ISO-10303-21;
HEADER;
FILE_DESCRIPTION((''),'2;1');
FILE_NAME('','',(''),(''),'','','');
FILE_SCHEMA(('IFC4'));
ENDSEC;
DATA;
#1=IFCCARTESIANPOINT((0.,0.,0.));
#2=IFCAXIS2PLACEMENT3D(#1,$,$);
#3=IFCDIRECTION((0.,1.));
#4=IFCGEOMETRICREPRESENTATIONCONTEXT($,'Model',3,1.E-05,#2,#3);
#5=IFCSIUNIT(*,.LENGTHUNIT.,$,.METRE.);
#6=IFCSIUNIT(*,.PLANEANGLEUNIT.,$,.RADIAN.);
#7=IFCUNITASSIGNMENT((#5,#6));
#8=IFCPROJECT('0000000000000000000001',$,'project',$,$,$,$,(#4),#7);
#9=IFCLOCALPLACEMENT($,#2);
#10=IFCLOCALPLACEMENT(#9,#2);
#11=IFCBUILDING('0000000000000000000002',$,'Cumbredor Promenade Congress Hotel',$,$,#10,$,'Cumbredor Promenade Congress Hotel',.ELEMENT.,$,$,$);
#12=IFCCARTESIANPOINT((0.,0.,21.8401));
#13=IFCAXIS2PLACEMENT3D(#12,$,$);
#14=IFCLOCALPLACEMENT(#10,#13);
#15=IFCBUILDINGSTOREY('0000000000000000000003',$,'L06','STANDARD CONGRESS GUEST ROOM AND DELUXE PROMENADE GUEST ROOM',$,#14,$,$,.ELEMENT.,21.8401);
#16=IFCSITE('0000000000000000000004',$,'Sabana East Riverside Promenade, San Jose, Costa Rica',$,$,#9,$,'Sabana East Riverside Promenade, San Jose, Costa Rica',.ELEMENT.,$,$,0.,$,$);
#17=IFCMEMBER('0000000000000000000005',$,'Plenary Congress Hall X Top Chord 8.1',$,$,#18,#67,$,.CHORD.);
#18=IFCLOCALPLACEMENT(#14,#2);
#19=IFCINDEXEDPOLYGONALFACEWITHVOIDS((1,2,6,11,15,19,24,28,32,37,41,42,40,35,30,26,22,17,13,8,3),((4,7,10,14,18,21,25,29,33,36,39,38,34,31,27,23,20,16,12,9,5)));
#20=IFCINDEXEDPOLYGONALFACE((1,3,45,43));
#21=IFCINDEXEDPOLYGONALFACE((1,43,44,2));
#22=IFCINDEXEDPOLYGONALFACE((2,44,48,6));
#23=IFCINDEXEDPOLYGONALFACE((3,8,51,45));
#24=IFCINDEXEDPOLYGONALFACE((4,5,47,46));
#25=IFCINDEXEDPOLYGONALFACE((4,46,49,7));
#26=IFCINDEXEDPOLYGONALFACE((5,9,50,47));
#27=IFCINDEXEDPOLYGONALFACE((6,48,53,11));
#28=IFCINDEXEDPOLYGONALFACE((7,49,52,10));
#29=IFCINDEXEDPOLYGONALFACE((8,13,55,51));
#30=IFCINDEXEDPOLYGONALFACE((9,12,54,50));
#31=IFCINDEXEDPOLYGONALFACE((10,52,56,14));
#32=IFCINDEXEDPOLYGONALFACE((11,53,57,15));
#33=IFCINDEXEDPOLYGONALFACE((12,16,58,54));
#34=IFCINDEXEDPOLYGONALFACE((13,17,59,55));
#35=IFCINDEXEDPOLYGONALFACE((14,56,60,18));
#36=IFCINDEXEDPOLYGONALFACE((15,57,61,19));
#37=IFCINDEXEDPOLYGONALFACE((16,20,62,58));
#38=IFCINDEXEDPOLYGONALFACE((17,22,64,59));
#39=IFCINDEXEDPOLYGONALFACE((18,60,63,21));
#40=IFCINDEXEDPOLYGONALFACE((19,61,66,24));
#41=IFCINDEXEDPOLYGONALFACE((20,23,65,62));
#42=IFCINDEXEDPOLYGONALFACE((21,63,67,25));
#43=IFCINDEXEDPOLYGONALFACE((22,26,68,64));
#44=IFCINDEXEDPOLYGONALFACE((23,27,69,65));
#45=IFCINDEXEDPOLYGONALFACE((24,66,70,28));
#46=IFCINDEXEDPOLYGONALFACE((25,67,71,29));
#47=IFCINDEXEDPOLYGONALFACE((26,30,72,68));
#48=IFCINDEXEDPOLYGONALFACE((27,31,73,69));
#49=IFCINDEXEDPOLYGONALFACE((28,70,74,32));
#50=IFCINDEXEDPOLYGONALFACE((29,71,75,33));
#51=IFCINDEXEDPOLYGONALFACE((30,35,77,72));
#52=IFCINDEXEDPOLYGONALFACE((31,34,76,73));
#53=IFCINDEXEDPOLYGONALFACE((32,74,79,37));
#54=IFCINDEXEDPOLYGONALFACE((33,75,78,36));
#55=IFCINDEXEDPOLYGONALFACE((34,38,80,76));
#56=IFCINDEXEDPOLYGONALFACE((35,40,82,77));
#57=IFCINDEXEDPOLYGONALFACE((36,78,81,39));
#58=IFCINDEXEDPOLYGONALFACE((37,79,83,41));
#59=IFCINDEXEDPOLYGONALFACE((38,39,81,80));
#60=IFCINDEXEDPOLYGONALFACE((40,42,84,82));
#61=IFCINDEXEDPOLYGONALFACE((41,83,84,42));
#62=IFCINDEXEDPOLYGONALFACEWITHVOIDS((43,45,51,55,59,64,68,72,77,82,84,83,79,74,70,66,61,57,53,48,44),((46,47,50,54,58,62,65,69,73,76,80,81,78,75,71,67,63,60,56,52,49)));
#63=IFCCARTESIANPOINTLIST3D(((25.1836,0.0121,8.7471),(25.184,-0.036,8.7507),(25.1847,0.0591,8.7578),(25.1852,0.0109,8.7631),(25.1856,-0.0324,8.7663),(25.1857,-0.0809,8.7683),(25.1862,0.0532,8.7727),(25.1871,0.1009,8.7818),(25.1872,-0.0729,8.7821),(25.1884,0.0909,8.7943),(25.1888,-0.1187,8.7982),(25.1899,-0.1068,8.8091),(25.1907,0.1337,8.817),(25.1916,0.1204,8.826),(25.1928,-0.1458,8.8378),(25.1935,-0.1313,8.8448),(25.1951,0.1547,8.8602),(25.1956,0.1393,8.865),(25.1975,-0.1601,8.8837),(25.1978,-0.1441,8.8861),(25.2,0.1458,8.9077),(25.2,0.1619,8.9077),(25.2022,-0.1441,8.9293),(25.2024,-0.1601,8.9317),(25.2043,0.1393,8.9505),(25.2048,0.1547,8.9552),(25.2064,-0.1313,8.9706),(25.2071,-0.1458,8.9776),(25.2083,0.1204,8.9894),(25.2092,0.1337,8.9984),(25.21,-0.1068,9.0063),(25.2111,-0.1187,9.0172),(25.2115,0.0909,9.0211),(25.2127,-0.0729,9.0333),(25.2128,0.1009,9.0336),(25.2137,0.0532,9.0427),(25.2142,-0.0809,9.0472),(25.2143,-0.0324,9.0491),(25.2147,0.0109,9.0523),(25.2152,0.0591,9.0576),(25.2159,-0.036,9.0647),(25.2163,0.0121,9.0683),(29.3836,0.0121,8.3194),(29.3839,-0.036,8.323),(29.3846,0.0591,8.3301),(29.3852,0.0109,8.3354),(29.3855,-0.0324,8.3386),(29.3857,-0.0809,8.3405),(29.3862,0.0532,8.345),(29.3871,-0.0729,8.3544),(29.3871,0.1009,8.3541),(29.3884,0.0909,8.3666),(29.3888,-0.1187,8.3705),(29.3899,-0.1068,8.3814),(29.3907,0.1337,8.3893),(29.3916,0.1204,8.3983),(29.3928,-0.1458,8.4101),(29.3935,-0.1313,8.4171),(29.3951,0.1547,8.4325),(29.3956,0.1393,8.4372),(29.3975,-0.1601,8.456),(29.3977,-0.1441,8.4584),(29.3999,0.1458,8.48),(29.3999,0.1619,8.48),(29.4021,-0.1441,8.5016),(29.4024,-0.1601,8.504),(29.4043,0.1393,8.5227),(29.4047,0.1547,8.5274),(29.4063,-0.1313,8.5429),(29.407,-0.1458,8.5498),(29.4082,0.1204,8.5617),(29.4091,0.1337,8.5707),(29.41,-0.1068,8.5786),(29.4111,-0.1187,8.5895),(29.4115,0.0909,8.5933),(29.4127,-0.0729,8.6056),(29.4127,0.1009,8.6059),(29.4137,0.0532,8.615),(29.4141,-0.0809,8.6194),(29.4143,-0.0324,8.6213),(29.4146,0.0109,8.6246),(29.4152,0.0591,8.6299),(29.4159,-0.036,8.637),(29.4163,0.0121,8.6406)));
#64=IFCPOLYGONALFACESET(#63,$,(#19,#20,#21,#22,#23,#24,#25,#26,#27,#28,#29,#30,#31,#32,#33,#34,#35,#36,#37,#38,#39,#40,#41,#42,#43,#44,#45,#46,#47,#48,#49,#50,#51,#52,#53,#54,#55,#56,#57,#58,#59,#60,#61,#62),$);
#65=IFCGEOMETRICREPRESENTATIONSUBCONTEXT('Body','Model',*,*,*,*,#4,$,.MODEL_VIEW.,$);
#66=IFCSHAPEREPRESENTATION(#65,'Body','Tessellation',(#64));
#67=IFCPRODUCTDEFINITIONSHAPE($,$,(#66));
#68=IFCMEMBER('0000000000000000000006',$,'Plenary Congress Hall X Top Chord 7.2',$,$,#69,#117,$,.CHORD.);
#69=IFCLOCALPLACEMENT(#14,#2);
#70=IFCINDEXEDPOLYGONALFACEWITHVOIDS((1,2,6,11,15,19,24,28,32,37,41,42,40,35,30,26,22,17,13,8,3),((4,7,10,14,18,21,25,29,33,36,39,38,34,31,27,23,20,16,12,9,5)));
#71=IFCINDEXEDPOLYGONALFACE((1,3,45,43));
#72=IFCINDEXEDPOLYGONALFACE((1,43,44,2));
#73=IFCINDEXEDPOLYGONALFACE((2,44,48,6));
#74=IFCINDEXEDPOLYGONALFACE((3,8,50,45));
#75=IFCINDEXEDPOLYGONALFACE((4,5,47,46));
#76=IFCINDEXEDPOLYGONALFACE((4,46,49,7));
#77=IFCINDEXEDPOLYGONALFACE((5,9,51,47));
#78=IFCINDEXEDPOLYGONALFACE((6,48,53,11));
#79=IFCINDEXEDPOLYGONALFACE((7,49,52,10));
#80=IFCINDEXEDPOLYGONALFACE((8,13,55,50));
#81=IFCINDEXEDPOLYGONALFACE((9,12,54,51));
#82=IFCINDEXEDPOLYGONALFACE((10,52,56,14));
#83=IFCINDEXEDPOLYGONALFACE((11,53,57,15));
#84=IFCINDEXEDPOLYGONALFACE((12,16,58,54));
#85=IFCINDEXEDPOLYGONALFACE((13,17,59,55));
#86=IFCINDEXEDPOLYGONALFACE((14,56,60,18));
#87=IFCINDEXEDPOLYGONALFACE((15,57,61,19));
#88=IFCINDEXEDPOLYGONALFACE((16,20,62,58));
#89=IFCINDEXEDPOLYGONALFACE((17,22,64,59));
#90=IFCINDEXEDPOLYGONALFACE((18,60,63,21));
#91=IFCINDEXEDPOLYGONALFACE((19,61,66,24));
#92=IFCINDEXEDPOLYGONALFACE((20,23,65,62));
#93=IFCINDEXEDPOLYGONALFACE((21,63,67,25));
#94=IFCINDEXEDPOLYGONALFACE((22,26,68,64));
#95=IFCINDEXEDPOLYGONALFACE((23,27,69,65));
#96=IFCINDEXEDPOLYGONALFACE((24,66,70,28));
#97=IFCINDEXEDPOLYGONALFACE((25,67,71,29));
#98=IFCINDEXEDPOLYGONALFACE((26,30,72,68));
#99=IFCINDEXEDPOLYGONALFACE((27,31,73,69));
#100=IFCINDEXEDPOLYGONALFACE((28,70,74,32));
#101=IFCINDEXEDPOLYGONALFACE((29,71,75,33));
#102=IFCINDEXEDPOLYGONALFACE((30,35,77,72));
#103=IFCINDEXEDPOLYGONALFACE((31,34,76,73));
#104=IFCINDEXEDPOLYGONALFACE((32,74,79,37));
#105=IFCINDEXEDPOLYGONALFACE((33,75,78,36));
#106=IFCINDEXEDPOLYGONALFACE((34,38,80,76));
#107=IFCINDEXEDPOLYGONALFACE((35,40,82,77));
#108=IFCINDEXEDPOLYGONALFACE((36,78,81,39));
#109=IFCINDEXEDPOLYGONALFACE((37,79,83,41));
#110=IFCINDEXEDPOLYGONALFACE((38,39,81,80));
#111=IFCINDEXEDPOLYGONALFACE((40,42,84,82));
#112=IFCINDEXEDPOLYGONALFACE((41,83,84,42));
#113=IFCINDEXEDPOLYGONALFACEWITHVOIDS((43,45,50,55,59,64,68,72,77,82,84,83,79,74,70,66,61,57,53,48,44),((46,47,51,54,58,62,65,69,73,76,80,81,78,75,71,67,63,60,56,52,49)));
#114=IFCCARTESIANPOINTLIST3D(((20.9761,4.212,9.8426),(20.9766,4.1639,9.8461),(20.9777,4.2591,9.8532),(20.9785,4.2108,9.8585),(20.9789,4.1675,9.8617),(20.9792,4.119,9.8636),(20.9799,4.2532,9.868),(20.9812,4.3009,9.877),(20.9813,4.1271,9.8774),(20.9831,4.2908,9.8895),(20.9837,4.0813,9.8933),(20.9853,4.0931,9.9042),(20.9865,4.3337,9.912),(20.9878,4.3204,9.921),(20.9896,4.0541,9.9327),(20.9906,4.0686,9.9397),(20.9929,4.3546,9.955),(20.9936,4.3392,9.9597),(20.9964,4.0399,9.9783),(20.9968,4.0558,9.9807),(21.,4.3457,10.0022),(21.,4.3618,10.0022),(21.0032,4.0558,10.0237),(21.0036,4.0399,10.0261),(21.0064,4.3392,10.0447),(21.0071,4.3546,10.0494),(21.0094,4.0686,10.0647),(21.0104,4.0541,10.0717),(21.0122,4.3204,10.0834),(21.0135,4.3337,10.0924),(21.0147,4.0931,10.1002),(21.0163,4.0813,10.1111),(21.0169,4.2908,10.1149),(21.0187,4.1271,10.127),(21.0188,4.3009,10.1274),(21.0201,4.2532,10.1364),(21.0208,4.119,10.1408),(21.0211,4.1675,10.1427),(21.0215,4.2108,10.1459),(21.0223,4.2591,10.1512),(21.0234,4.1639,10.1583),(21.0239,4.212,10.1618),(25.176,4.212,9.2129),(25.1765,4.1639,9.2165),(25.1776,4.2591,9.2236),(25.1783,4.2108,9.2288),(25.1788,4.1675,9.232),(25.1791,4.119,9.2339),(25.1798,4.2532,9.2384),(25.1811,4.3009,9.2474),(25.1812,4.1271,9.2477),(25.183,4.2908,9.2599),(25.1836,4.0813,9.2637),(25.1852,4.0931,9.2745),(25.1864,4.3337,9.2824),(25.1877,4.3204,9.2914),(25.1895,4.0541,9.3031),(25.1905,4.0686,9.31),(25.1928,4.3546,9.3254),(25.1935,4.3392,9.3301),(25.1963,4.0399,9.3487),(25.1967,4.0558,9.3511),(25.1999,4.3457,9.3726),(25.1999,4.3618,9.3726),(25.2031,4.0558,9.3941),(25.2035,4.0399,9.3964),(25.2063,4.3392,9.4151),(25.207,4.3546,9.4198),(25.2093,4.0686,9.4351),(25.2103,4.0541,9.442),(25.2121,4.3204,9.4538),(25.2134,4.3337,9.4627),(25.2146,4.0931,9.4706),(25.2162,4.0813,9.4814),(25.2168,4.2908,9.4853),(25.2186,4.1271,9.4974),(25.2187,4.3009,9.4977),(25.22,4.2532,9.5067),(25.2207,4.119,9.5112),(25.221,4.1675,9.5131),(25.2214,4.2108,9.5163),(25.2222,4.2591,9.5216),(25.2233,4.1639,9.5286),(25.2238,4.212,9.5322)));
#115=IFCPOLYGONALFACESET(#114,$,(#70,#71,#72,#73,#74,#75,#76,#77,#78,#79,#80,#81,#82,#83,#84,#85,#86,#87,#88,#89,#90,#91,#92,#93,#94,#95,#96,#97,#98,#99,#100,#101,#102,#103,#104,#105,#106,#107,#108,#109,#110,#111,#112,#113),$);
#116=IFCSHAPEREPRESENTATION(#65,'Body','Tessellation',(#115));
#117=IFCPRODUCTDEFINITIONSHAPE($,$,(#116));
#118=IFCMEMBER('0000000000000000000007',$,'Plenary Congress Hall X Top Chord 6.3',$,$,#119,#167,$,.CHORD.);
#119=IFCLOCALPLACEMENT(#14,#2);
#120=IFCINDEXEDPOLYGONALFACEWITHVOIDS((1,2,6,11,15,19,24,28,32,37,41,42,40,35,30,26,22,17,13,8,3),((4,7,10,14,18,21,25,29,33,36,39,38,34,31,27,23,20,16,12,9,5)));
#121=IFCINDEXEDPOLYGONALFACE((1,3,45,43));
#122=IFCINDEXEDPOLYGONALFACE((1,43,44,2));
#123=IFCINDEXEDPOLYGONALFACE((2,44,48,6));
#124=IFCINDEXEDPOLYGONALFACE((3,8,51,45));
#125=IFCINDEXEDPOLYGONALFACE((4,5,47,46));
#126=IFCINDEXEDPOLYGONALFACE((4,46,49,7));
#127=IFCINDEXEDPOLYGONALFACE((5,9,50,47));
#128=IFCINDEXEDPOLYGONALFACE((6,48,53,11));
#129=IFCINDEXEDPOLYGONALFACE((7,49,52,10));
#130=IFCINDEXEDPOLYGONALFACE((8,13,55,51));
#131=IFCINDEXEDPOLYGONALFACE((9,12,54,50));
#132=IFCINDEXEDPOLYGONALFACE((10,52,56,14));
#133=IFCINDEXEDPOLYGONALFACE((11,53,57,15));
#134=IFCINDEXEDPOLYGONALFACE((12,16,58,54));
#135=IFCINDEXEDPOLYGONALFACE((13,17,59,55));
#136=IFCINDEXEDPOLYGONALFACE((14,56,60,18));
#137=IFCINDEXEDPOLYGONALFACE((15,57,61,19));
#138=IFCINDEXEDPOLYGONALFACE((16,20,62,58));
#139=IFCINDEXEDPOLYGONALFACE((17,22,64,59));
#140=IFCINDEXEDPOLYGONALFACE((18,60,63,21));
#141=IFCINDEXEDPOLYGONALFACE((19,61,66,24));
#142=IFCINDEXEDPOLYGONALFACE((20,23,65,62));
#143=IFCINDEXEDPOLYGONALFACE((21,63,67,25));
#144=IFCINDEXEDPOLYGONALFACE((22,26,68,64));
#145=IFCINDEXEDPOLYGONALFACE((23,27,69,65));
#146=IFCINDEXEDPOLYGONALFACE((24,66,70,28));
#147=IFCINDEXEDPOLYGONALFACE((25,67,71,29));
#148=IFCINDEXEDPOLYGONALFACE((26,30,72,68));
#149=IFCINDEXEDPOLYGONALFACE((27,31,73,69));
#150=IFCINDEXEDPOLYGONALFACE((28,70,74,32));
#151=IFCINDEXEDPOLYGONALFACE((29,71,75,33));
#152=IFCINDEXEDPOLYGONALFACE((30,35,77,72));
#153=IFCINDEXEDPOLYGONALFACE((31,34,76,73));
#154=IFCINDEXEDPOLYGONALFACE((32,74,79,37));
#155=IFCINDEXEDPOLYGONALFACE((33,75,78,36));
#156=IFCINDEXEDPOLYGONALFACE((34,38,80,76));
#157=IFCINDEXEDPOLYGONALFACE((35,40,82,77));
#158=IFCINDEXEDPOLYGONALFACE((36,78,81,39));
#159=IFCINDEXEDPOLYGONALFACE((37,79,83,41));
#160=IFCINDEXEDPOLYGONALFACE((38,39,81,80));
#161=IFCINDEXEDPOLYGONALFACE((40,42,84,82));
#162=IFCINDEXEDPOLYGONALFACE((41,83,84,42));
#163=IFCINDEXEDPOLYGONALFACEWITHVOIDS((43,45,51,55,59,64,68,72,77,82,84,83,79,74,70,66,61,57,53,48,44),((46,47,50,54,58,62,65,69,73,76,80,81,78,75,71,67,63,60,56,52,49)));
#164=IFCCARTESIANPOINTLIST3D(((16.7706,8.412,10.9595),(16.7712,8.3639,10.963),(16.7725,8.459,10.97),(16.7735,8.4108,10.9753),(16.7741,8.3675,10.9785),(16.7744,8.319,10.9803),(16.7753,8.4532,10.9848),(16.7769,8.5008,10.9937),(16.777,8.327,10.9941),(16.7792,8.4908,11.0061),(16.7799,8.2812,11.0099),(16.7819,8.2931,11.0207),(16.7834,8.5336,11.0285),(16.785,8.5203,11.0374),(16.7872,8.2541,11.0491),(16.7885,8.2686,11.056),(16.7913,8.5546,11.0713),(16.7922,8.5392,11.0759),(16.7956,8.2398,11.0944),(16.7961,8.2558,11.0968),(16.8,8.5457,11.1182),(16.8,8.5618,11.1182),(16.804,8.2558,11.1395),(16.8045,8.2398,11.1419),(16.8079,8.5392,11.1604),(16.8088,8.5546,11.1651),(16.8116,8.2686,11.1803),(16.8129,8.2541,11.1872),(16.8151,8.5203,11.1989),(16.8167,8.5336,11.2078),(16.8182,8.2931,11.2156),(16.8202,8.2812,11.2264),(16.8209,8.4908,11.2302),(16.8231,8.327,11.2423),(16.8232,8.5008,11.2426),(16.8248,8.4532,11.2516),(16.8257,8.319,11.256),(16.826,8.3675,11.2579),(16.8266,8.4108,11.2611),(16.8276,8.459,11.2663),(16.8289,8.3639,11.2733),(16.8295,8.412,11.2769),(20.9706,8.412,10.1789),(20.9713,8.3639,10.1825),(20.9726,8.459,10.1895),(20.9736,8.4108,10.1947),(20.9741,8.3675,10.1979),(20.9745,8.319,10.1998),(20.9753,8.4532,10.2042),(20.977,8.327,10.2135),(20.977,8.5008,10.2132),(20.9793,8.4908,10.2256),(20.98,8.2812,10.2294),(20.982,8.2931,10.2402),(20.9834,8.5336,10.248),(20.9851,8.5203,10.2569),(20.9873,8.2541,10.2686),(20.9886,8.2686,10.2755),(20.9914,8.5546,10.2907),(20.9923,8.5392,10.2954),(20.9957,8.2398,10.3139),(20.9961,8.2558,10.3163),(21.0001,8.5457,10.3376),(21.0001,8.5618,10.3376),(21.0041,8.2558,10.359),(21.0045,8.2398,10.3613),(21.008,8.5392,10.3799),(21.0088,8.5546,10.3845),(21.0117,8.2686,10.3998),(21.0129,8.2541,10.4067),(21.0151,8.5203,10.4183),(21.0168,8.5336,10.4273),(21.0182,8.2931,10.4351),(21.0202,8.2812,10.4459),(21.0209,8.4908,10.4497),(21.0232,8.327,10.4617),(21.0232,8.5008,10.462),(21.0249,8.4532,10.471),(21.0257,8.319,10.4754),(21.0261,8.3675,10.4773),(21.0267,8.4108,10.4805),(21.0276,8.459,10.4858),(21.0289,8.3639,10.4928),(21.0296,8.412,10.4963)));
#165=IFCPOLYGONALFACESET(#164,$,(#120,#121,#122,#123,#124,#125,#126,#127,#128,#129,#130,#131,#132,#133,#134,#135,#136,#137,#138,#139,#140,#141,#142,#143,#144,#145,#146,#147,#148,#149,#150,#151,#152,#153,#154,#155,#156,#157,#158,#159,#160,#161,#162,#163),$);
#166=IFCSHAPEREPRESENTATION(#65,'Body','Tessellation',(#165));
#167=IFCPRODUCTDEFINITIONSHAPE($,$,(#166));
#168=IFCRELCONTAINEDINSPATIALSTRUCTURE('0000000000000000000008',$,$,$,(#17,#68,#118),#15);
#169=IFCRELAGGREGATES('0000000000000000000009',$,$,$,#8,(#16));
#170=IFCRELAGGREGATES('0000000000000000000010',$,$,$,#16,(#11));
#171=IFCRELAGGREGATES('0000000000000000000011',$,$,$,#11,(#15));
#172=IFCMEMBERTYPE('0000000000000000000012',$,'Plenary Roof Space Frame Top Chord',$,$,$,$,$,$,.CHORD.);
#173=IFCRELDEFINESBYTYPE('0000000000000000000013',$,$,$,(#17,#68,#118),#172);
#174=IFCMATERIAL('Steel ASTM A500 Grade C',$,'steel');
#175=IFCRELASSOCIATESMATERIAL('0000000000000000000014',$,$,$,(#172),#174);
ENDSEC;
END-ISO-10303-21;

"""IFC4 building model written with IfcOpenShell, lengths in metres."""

from ifc_helpers import new_model, si_unit, direction, frame, origin, origin_2d, place, context, subcontext, project, spatial, hollow_circle, extrude, material, material_profile, profile_set, type_object, element, save


model = new_model("IFC4")

# Units and contexts
model_context = context("Model", 3, precision=1e-05, world=origin(), true_north=direction((0.0, 1.0)))
body_context = subcontext(model_context, "Body", "Model", "MODEL_VIEW")
ifc_project = project(units=[si_unit("LENGTHUNIT", "METRE"), si_unit("PLANEANGLEUNIT", "RADIAN")], contexts=[model_context])

# Site, building, storey
site_placement = place(None, origin())
site = spatial("IfcSite", under=ifc_project, at=site_placement, Name="Sabana East Riverside Promenade, San Jose, Costa Rica", LongName="Sabana East Riverside Promenade, San Jose, Costa Rica", CompositionType="ELEMENT", RefElevation=0.0)
building_placement = place(site_placement, origin())
building = spatial("IfcBuilding", under=site, at=building_placement, Name="Cumbredor Promenade Congress Hotel", LongName="Cumbredor Promenade Congress Hotel", CompositionType="ELEMENT")
storey_placement = place(building_placement, frame((0.0, 0.0, 21.8401)))
storey = spatial("IfcBuildingStorey", under=building, at=storey_placement, Name="L06", Description="STANDARD CONGRESS GUEST ROOM AND DELUXE PROMENADE GUEST ROOM", CompositionType="ELEMENT", Elevation=21.8401)

# Members
ifc_material_1 = material(Name="Steel ASTM A500 Grade C", Category="steel")
ifc_material_profile_1 = material_profile(ifc_material_1, hollow_circle(Radius=0.1619, WallThickness=0.0161, at=origin_2d()), Name="CHS 323.9x16")
ifc_profile_set_1 = profile_set([ifc_material_profile_1], Name="Steel ASTM A500 Grade C")
member_type_1 = type_object("IfcMemberType", Name="Plenary Roof Space Frame Top Chord", PredefinedType="CHORD", material=ifc_profile_set_1)
member_1_placement = place(storey_placement, frame((25.2, 0.0, 8.9077), z_axis=(0.994854, 0.0, -0.101319), x_axis=(0.0, 1.0, 0.0)))
element("IfcMember", 1, at=member_1_placement, inside=storey, type_object=member_type_1, Name="Plenary Congress Hall X Top Chord 8.1", PredefinedType="CHORD", context=body_context, shape_type="SweptSolid", body=[
    extrude(hollow_circle(Radius=0.1619, WallThickness=0.0161, at=origin_2d()), origin(), (0.0, 0.0, 1.0), 4.2217),
])
member_2_placement = place(storey_placement, frame((21.0, 4.2, 10.0022), z_axis=(0.988949, 0.0, -0.148259), x_axis=(0.0, 1.0, 0.0)))
element("IfcMember", 2, at=member_2_placement, inside=storey, type_object=member_type_1, Name="Plenary Congress Hall X Top Chord 7.2", PredefinedType="CHORD", context=body_context, shape_type="SweptSolid", body=[
    extrude(hollow_circle(Radius=0.1619, WallThickness=0.0161, at=origin_2d()), origin(), (0.0, 0.0, 1.0), 4.2468),
])
member_3_placement = place(storey_placement, frame((16.8, 8.3999, 11.1182), z_axis=(0.983167, 0.0, -0.182711), x_axis=(0.0, 1.0, 0.0)))
element("IfcMember", 3, at=member_3_placement, inside=storey, type_object=member_type_1, Name="Plenary Congress Hall X Top Chord 6.3", PredefinedType="CHORD", context=body_context, shape_type="SweptSolid", body=[
    extrude(hollow_circle(Radius=0.1619, WallThickness=0.0161, at=origin_2d()), origin(), (0.0, 0.0, 1.0), 4.272),
])

save(model, "model.ifc")
